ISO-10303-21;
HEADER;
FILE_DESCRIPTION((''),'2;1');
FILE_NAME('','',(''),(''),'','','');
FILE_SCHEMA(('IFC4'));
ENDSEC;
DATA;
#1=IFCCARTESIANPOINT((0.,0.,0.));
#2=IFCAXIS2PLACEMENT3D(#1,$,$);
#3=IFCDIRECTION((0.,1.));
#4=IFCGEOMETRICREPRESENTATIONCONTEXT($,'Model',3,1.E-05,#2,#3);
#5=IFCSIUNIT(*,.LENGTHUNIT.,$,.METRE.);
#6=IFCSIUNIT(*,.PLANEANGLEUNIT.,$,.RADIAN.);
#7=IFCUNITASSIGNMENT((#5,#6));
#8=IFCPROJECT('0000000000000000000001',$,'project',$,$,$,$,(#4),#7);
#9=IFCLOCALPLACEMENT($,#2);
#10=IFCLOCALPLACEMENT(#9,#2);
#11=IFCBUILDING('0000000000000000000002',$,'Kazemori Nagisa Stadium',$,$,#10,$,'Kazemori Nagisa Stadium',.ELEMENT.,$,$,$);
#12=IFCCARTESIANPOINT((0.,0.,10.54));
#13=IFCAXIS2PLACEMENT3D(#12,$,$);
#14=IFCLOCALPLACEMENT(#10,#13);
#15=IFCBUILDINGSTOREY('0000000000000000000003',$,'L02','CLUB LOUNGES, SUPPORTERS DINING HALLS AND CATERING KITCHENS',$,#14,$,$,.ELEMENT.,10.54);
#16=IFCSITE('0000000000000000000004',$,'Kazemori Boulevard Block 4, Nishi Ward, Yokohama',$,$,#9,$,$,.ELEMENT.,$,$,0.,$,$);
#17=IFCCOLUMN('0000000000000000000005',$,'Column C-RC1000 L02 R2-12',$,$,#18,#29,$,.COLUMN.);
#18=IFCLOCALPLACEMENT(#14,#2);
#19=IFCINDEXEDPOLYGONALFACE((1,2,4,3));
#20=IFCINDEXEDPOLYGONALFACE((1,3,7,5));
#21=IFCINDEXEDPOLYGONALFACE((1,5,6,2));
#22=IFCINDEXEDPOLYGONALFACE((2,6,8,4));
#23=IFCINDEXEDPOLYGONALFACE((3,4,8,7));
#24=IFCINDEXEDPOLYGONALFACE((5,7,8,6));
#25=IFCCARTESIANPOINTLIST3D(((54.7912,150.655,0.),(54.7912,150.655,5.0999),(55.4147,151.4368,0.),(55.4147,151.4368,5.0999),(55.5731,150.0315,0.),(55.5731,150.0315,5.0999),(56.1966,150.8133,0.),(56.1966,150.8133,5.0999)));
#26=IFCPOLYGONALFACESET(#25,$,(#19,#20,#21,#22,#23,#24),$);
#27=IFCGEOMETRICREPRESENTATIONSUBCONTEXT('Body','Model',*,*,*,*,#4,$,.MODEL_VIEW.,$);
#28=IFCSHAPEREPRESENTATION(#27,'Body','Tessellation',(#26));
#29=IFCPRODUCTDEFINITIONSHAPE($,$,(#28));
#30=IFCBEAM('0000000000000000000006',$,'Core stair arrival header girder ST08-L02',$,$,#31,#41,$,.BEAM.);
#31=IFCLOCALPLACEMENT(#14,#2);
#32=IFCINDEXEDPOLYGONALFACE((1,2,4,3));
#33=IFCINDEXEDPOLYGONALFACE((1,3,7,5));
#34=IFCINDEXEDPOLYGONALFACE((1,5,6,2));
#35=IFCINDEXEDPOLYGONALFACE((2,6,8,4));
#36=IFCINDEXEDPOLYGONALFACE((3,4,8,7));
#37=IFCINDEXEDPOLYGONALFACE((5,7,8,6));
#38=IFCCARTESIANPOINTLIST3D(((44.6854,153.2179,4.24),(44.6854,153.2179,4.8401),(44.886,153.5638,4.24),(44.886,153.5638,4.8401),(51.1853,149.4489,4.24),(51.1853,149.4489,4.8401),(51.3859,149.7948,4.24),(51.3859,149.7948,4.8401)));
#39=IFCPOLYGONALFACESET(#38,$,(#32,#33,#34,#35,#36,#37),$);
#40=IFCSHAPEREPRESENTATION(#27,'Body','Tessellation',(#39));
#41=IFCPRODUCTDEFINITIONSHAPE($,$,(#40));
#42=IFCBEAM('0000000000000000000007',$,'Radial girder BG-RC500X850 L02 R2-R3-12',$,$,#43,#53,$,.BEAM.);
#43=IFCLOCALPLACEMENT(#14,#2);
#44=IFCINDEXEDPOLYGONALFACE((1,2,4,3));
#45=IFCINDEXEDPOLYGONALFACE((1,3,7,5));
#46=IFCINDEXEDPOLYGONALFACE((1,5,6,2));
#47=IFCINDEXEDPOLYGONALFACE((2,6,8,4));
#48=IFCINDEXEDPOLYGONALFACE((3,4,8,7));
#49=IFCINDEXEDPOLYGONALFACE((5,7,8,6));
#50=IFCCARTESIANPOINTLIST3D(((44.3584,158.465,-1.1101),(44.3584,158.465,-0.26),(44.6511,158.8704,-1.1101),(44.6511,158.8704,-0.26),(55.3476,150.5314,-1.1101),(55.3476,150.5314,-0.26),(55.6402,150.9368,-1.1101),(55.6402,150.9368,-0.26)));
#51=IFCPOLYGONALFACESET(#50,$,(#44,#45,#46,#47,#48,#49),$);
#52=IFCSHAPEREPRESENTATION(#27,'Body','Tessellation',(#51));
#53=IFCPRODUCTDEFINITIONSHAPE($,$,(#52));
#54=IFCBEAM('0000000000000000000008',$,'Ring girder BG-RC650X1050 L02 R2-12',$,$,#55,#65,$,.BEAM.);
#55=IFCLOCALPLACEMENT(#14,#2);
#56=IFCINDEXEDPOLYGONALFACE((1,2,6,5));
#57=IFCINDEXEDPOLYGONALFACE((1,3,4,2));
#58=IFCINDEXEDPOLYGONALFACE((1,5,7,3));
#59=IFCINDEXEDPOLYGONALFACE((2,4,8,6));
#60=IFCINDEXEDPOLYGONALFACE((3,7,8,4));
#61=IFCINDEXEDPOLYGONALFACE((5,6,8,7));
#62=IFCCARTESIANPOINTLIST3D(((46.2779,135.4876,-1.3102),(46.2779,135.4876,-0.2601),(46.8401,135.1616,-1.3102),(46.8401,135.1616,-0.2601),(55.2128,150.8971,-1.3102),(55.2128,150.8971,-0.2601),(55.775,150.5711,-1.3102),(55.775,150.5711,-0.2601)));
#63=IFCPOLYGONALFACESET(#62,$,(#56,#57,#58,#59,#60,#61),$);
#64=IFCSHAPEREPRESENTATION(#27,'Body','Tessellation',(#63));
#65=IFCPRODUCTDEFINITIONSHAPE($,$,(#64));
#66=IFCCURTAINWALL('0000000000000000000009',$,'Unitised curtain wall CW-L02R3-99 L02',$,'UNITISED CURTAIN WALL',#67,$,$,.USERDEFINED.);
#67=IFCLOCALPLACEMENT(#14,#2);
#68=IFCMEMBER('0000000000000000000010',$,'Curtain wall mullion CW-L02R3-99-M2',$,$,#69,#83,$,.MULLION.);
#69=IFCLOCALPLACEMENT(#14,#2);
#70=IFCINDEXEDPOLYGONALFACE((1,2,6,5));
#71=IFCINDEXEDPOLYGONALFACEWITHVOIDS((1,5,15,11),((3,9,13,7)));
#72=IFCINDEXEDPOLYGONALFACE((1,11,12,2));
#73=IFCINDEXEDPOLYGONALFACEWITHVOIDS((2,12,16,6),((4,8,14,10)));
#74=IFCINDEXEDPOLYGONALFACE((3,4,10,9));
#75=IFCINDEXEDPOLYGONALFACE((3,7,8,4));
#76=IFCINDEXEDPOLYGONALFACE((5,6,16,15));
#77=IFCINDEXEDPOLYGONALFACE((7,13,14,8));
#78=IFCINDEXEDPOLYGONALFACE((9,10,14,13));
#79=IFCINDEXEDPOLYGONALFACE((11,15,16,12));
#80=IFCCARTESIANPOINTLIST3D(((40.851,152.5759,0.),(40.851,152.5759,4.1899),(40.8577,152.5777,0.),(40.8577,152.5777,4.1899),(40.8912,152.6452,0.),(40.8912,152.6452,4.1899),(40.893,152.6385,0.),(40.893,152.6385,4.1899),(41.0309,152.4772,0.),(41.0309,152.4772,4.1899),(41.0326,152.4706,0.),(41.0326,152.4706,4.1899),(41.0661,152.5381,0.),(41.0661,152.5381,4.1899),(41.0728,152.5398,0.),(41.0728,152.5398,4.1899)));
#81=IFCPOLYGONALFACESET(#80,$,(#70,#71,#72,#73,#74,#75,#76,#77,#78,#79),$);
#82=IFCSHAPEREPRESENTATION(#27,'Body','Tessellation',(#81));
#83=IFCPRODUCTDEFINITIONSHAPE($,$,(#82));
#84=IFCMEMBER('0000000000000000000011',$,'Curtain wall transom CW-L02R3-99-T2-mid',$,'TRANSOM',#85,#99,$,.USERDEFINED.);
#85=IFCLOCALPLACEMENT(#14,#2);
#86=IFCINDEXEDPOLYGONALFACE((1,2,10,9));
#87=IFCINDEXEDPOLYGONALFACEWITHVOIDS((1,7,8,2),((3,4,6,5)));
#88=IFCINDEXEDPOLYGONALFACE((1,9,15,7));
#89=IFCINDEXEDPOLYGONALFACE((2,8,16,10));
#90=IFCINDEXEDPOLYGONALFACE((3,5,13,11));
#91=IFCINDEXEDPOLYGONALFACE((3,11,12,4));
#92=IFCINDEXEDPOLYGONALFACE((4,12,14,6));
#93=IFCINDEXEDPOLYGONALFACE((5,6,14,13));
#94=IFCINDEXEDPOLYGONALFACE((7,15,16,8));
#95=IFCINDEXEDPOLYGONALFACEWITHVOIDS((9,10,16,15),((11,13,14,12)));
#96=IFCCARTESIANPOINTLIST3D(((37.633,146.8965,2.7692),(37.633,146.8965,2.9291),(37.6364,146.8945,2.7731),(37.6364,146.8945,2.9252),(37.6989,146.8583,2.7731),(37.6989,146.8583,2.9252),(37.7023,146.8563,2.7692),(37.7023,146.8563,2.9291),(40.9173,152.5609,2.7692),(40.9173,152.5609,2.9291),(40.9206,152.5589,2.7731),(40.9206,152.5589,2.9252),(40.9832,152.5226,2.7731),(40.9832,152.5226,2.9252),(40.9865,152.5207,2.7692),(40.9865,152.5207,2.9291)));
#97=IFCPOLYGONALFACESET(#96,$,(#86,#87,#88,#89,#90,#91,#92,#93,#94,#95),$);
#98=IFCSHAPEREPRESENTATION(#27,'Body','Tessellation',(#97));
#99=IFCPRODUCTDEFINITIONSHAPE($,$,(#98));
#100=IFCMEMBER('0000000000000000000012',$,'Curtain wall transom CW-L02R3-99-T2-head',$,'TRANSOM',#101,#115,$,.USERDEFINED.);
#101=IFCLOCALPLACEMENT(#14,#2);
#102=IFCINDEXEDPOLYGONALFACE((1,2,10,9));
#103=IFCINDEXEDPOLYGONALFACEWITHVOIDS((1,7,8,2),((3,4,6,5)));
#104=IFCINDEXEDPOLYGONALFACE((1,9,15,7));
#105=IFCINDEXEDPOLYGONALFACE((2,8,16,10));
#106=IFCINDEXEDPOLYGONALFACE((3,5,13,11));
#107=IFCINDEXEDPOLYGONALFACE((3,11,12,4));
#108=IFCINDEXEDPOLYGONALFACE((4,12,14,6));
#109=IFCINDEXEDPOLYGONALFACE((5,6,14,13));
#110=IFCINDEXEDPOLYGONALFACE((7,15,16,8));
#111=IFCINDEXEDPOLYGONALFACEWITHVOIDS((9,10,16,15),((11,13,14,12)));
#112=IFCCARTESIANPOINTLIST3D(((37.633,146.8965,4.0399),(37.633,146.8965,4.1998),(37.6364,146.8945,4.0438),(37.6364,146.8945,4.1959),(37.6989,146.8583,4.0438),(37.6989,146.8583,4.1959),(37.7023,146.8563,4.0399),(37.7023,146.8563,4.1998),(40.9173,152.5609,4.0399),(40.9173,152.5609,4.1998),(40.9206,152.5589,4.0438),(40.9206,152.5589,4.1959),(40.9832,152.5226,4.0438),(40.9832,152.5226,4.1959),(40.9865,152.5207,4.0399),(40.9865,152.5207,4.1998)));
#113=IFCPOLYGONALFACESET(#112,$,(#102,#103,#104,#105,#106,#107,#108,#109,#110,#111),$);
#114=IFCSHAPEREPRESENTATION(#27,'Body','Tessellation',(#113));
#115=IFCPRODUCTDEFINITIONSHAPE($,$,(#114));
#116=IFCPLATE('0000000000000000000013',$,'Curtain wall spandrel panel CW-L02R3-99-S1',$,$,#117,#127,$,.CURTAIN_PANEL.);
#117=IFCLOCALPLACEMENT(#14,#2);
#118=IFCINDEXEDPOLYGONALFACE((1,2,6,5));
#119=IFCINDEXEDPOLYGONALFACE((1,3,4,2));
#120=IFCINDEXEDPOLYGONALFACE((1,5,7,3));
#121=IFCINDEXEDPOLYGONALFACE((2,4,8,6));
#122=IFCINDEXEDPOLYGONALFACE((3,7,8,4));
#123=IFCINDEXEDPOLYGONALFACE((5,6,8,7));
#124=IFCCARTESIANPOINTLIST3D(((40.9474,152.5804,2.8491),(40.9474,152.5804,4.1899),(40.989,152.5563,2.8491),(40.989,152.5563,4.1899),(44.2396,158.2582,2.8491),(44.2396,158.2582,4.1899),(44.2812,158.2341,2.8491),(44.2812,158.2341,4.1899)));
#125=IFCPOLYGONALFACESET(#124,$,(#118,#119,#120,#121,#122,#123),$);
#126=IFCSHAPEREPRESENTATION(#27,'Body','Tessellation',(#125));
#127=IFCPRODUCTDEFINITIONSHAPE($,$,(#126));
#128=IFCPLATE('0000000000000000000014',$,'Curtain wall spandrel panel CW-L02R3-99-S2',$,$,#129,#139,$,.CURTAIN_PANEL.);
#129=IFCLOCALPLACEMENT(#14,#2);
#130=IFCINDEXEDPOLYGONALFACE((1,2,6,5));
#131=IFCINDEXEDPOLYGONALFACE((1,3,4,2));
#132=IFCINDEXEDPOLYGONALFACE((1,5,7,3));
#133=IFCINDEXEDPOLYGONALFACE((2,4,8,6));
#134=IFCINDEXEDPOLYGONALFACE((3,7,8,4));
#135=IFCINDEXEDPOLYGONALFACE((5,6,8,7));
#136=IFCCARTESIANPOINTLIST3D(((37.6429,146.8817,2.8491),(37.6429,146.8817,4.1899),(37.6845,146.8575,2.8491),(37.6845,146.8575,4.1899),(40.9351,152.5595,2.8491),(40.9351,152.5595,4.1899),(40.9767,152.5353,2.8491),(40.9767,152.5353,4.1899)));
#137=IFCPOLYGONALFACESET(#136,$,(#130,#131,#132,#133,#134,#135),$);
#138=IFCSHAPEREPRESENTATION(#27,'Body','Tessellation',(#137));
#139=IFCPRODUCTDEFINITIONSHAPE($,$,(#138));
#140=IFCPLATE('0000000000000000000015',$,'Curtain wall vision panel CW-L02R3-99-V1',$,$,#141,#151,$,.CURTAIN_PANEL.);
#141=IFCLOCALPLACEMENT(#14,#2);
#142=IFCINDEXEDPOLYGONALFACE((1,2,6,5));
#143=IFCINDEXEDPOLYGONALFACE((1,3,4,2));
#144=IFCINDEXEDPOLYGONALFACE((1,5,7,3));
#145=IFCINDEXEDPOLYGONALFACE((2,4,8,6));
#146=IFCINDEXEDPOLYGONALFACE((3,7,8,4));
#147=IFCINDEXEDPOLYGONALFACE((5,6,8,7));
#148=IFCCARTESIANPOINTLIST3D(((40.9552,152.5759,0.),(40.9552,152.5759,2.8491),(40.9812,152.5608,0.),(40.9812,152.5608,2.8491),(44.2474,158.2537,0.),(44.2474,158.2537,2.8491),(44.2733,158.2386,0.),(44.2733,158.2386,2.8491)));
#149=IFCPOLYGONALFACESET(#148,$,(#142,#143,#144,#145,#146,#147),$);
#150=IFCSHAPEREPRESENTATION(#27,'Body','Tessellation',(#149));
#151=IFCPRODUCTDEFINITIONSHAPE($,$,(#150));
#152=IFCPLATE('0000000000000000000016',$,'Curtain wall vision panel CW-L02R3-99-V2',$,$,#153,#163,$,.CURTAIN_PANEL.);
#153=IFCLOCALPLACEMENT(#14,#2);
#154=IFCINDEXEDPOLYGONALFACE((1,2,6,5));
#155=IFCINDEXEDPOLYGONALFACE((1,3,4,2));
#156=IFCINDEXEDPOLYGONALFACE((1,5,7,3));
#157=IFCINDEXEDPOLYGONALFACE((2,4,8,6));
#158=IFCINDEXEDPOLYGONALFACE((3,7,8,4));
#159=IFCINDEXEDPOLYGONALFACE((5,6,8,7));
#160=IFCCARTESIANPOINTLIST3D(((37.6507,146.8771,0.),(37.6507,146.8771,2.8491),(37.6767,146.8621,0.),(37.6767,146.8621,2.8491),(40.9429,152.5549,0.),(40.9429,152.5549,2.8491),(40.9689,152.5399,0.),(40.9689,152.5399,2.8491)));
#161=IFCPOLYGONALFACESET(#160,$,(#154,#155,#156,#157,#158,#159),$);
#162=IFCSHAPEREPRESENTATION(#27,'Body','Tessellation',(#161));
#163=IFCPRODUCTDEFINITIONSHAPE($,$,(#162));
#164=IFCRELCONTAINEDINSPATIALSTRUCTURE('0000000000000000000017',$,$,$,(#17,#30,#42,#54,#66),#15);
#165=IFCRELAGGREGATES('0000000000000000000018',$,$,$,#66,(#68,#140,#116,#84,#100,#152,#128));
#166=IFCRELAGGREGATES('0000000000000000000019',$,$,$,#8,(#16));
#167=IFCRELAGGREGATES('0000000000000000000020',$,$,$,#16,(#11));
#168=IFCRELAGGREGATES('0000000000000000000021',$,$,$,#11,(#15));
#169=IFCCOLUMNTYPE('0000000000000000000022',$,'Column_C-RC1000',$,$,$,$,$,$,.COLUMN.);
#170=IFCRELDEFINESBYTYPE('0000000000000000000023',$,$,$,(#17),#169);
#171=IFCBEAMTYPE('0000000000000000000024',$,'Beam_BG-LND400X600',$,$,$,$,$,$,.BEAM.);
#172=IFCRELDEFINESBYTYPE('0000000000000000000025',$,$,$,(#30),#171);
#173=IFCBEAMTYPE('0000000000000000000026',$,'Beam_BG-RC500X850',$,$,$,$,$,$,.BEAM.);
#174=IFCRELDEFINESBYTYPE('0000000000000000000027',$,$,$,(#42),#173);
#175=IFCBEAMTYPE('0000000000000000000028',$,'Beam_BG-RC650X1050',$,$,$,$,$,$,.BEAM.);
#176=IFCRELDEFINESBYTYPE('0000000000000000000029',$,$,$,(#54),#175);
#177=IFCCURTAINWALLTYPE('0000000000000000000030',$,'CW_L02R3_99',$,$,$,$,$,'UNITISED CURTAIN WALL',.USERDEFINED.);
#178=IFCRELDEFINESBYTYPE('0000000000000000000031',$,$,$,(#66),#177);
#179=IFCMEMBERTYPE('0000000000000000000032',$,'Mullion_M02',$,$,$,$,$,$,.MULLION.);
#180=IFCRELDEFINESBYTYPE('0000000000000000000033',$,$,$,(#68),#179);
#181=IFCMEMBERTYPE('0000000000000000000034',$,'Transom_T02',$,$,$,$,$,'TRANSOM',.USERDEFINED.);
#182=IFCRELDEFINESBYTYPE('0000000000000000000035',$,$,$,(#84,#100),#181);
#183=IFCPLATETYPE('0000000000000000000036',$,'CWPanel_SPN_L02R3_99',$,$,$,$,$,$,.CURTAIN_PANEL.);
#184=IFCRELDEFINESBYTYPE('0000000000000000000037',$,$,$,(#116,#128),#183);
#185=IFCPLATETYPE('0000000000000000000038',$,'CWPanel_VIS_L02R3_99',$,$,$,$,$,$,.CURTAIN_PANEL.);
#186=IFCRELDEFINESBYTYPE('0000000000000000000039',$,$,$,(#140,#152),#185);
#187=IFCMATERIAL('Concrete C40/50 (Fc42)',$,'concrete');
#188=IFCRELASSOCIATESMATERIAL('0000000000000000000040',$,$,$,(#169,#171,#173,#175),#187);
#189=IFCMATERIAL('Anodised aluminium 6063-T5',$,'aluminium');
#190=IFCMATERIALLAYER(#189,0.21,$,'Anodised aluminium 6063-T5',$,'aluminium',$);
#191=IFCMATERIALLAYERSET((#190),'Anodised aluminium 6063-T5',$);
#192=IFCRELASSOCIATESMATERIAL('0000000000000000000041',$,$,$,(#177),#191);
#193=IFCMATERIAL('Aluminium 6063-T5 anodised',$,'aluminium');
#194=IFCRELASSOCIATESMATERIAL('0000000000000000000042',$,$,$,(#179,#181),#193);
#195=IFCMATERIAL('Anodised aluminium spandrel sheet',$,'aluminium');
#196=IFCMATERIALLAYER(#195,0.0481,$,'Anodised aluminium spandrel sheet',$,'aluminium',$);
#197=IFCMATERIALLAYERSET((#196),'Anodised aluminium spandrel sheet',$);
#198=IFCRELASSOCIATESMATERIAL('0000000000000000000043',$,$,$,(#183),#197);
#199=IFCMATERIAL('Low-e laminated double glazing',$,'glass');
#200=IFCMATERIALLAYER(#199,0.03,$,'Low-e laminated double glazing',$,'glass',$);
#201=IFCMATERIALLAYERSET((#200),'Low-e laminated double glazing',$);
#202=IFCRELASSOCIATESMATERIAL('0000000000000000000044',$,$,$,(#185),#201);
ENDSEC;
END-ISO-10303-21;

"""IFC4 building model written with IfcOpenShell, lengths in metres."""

from ifc_helpers import new_model, si_unit, direction, frame, origin, origin_2d, place, context, subcontext, project, spatial, rectangle, hollow_rectangle, extrude, material, layer, layer_set, material_profile, profile_set, type_object, element, aggregate, save


model = new_model("IFC4")

# Units and contexts
model_context = context("Model", 3, precision=1e-05, world=origin(), true_north=direction((0.0, 1.0)))
body_context = subcontext(model_context, "Body", "Model", "MODEL_VIEW")
ifc_project = project(units=[si_unit("LENGTHUNIT", "METRE"), si_unit("PLANEANGLEUNIT", "RADIAN")], contexts=[model_context])

# Site, building, storey
site_placement = place(None, origin())
site = spatial("IfcSite", under=ifc_project, at=site_placement, Name="Kazemori Boulevard Block 4, Nishi Ward, Yokohama", CompositionType="ELEMENT", RefElevation=0.0)
building_placement = place(site_placement, origin())
building = spatial("IfcBuilding", under=site, at=building_placement, Name="Kazemori Nagisa Stadium", LongName="Kazemori Nagisa Stadium", CompositionType="ELEMENT")
storey_placement = place(building_placement, frame((0.0, 0.0, 10.54)))
storey = spatial("IfcBuildingStorey", under=building, at=storey_placement, Name="L02", Description="CLUB LOUNGES, SUPPORTERS DINING HALLS AND CATERING KITCHENS", CompositionType="ELEMENT", Elevation=10.54)

# Column
ifc_material_1 = material(Name="Concrete C40/50 (Fc42)", Category="concrete")
ifc_material_profile_1 = material_profile(ifc_material_1, rectangle(XDim=1.0, YDim=1.0, at=origin_2d()), Name="RC-COL-1000x1000")
ifc_profile_set_1 = profile_set([ifc_material_profile_1], Name="Concrete C40/50 (Fc42)")
column_type = type_object("IfcColumnType", Name="Column_C-RC1000", PredefinedType="COLUMN", material=ifc_profile_set_1)
column_placement = place(storey_placement, frame((55.4939, 150.7341, 0.0), z_axis=(0.0, 0.0, 1.0), x_axis=(-0.781831, 0.62349, 0.0)))
element("IfcColumn", 1, at=column_placement, inside=storey, type_object=column_type, Name="Column C-RC1000 L02 R2-12", PredefinedType="COLUMN", context=body_context, shape_type="SweptSolid", body=[
    extrude(rectangle(XDim=1.0, YDim=1.0, at=origin_2d()), origin(), (0.0, 0.0, 1.0), 5.0999),
])

# Beams
ifc_material_profile_2 = material_profile(ifc_material_1, rectangle(XDim=0.3999, YDim=0.6001, at=origin_2d()), Name="RC-BM-400x600")
ifc_profile_set_2 = profile_set([ifc_material_profile_2], Name="Concrete C40/50 (Fc42)")
beam_type_1 = type_object("IfcBeamType", Name="Beam_BG-LND400X600", PredefinedType="BEAM", material=ifc_profile_set_2)
beam_1_placement = place(storey_placement, frame((51.2856, 149.6218, 4.54), z_axis=(-0.865086, 0.501623, 0.0), x_axis=(-0.501623, -0.865086, 0.0)))
element("IfcBeam", 2, at=beam_1_placement, inside=storey, type_object=beam_type_1, Name="Core stair arrival header girder ST08-L02", PredefinedType="BEAM", context=body_context, shape_type="SweptSolid", body=[
    extrude(rectangle(XDim=0.3999, YDim=0.6001, at=origin_2d()), origin(), (0.0, 0.0, 1.0), 7.5137),
])
ifc_material_profile_3 = material_profile(ifc_material_1, rectangle(XDim=0.5, YDim=0.8501, at=origin_2d()), Name="RC-BM-500x850")
ifc_profile_set_3 = profile_set([ifc_material_profile_3], Name="Concrete C40/50 (Fc42)")
beam_type_2 = type_object("IfcBeamType", Name="Beam_BG-RC500X850", PredefinedType="BEAM", material=ifc_profile_set_3)
beam_2_placement = place(storey_placement, frame((55.4939, 150.7341, -0.6851), z_axis=(-0.810788, 0.585341, 0.0), x_axis=(-0.585341, -0.810788, 0.0)))
element("IfcBeam", 3, at=beam_2_placement, inside=storey, type_object=beam_type_2, Name="Radial girder BG-RC500X850 L02 R2-R3-12", PredefinedType="BEAM", context=body_context, shape_type="SweptSolid", body=[
    extrude(rectangle(XDim=0.5, YDim=0.8501, at=origin_2d()), origin(), (0.0, 0.0, 1.0), 13.5537),
])
ifc_material_profile_4 = material_profile(ifc_material_1, rectangle(XDim=0.6499, YDim=1.05, at=origin_2d()), Name="RC-BM-650x1050")
ifc_profile_set_4 = profile_set([ifc_material_profile_4], Name="Concrete C40/50 (Fc42)")
beam_type_3 = type_object("IfcBeamType", Name="Beam_BG-RC650X1050", PredefinedType="BEAM", material=ifc_profile_set_4)
beam_3_placement = place(storey_placement, frame((55.4939, 150.7341, -0.7852), z_axis=(-0.501607, -0.865096, 0.0), x_axis=(0.865096, -0.501607, 0.0)))
element("IfcBeam", 4, at=beam_3_placement, inside=storey, type_object=beam_type_3, Name="Ring girder BG-RC650X1050 L02 R2-12", PredefinedType="BEAM", context=body_context, shape_type="SweptSolid", body=[
    extrude(rectangle(XDim=0.6499, YDim=1.05, at=origin_2d()), origin(), (0.0, 0.0, 1.0), 17.8125),
])

# Curtain wall, members, plates
ifc_material_2 = material(Name="Anodised aluminium 6063-T5", Category="aluminium")
ifc_layer_1 = layer(ifc_material_2, 0.21, Name="Anodised aluminium 6063-T5", Category="aluminium")
ifc_layer_set_1 = layer_set([ifc_layer_1], Name="Anodised aluminium 6063-T5")
curtain_wall_type = type_object("IfcCurtainWallType", Name="CW_L02R3_99", ElementType="UNITISED CURTAIN WALL", PredefinedType="USERDEFINED", material=ifc_layer_set_1)
curtain_wall_placement = place(storey_placement, origin())
curtain_wall = element("IfcCurtainWall", 5, at=curtain_wall_placement, inside=storey, type_object=curtain_wall_type, Name="Unitised curtain wall CW-L02R3-99 L02", ObjectType="UNITISED CURTAIN WALL", PredefinedType="USERDEFINED")
ifc_material_3 = material(Name="Aluminium 6063-T5 anodised", Category="aluminium")
ifc_material_profile_5 = material_profile(ifc_material_3, hollow_rectangle(XDim=0.0801, YDim=0.21, WallThickness=0.0049, at=origin_2d()), Name="ALU-MULL-80x210x5")
ifc_profile_set_5 = profile_set([ifc_material_profile_5], Name="Aluminium 6063-T5 anodised")
member_type_1 = type_object("IfcMemberType", Name="Mullion_M02", PredefinedType="MULLION", material=ifc_profile_set_5)
member_1_placement = place(storey_placement, frame((40.9619, 152.5579, 0.0), z_axis=(0.0, 0.0, 1.0), x_axis=(-0.501612, -0.865093, 0.0)))
member_1 = element("IfcMember", 6, at=member_1_placement, type_object=member_type_1, Name="Curtain wall mullion CW-L02R3-99-M2", PredefinedType="MULLION", context=body_context, shape_type="SweptSolid", body=[
    extrude(hollow_rectangle(XDim=0.0801, YDim=0.21, WallThickness=0.0049, at=origin_2d()), origin(), (0.0, 0.0, 1.0), 4.1899),
])
ifc_material_profile_6 = material_profile(ifc_material_3, hollow_rectangle(XDim=0.0801, YDim=0.1599, WallThickness=0.0039, at=origin_2d()), Name="ALU-TRAN-80x160x4")
ifc_profile_set_6 = profile_set([ifc_material_profile_6], Name="Aluminium 6063-T5 anodised")
member_type_2 = type_object("IfcMemberType", Name="Transom_T02", ElementType="TRANSOM", PredefinedType="USERDEFINED", material=ifc_profile_set_6)
member_2_placement = place(storey_placement, frame((40.9519, 152.5408, 2.8491), z_axis=(-0.50159, -0.865105, 0.0), x_axis=(0.865105, -0.50159, 0.0)))
member_2 = element("IfcMember", 7, at=member_2_placement, type_object=member_type_2, Name="Curtain wall transom CW-L02R3-99-T2-mid", ObjectType="TRANSOM", PredefinedType="USERDEFINED", context=body_context, shape_type="SweptSolid", body=[
    extrude(hollow_rectangle(XDim=0.0801, YDim=0.1599, WallThickness=0.0039, at=origin_2d()), origin(), (0.0, 0.0, 1.0), 6.5476),
])
member_3_placement = place(storey_placement, frame((40.9519, 152.5408, 4.1199), z_axis=(-0.50159, -0.865105, 0.0), x_axis=(0.865105, -0.50159, 0.0)))
member_3 = element("IfcMember", 8, at=member_3_placement, type_object=member_type_2, Name="Curtain wall transom CW-L02R3-99-T2-head", ObjectType="TRANSOM", PredefinedType="USERDEFINED", context=body_context, shape_type="SweptSolid", body=[
    extrude(hollow_rectangle(XDim=0.0801, YDim=0.1599, WallThickness=0.0039, at=origin_2d()), origin(), (0.0, 0.0, 1.0), 6.5476),
])
ifc_material_4 = material(Name="Anodised aluminium spandrel sheet", Category="aluminium")
ifc_layer_2 = layer(ifc_material_4, 0.0481, Name="Anodised aluminium spandrel sheet", Category="aluminium")
ifc_layer_set_2 = layer_set([ifc_layer_2], Name="Anodised aluminium spandrel sheet")
plate_type_1 = type_object("IfcPlateType", Name="CWPanel_SPN_L02R3_99", PredefinedType="CURTAIN_PANEL", material=ifc_layer_set_2)
plate_1_placement = place(storey_placement, frame((42.6143, 155.4072, 2.8491), z_axis=(0.0, 0.0, 1.0), x_axis=(-0.501612, -0.865093, 0.0)))
plate_1 = element("IfcPlate", 9, at=plate_1_placement, type_object=plate_type_1, Name="Curtain wall spandrel panel CW-L02R3-99-S1", PredefinedType="CURTAIN_PANEL", context=body_context, shape_type="SweptSolid", body=[
    extrude(rectangle(XDim=6.5632, YDim=0.0481, at=origin_2d()), origin(), (0.0, 0.0, 1.0), 1.3408),
])
plate_2_placement = place(storey_placement, frame((39.3098, 149.7085, 2.8491), z_axis=(0.0, 0.0, 1.0), x_axis=(-0.501612, -0.865093, 0.0)))
plate_2 = element("IfcPlate", 10, at=plate_2_placement, type_object=plate_type_1, Name="Curtain wall spandrel panel CW-L02R3-99-S2", PredefinedType="CURTAIN_PANEL", context=body_context, shape_type="SweptSolid", body=[
    extrude(rectangle(XDim=6.5632, YDim=0.0481, at=origin_2d()), origin(), (0.0, 0.0, 1.0), 1.3408),
])
ifc_material_5 = material(Name="Low-e laminated double glazing", Category="glass")
ifc_layer_3 = layer(ifc_material_5, 0.03, Name="Low-e laminated double glazing", Category="glass")
ifc_layer_set_3 = layer_set([ifc_layer_3], Name="Low-e laminated double glazing")
plate_type_2 = type_object("IfcPlateType", Name="CWPanel_VIS_L02R3_99", PredefinedType="CURTAIN_PANEL", material=ifc_layer_set_3)
plate_3_placement = place(storey_placement, frame((42.6143, 155.4072, 0.0), z_axis=(0.0, 0.0, 1.0), x_axis=(-0.501612, -0.865093, 0.0)))
plate_3 = element("IfcPlate", 11, at=plate_3_placement, type_object=plate_type_2, Name="Curtain wall vision panel CW-L02R3-99-V1", PredefinedType="CURTAIN_PANEL", context=body_context, shape_type="SweptSolid", body=[
    extrude(rectangle(XDim=6.5632, YDim=0.03, at=origin_2d()), origin(), (0.0, 0.0, 1.0), 2.8491),
])
plate_4_placement = place(storey_placement, frame((39.3098, 149.7085, 0.0), z_axis=(0.0, 0.0, 1.0), x_axis=(-0.501612, -0.865093, 0.0)))
plate_4 = element("IfcPlate", 12, at=plate_4_placement, type_object=plate_type_2, Name="Curtain wall vision panel CW-L02R3-99-V2", PredefinedType="CURTAIN_PANEL", context=body_context, shape_type="SweptSolid", body=[
    extrude(rectangle(XDim=6.5632, YDim=0.03, at=origin_2d()), origin(), (0.0, 0.0, 1.0), 2.8491),
])
aggregate(curtain_wall, [member_1, plate_3, plate_1, member_2, member_3, plate_4, plate_2])

save(model, "model.ifc")
